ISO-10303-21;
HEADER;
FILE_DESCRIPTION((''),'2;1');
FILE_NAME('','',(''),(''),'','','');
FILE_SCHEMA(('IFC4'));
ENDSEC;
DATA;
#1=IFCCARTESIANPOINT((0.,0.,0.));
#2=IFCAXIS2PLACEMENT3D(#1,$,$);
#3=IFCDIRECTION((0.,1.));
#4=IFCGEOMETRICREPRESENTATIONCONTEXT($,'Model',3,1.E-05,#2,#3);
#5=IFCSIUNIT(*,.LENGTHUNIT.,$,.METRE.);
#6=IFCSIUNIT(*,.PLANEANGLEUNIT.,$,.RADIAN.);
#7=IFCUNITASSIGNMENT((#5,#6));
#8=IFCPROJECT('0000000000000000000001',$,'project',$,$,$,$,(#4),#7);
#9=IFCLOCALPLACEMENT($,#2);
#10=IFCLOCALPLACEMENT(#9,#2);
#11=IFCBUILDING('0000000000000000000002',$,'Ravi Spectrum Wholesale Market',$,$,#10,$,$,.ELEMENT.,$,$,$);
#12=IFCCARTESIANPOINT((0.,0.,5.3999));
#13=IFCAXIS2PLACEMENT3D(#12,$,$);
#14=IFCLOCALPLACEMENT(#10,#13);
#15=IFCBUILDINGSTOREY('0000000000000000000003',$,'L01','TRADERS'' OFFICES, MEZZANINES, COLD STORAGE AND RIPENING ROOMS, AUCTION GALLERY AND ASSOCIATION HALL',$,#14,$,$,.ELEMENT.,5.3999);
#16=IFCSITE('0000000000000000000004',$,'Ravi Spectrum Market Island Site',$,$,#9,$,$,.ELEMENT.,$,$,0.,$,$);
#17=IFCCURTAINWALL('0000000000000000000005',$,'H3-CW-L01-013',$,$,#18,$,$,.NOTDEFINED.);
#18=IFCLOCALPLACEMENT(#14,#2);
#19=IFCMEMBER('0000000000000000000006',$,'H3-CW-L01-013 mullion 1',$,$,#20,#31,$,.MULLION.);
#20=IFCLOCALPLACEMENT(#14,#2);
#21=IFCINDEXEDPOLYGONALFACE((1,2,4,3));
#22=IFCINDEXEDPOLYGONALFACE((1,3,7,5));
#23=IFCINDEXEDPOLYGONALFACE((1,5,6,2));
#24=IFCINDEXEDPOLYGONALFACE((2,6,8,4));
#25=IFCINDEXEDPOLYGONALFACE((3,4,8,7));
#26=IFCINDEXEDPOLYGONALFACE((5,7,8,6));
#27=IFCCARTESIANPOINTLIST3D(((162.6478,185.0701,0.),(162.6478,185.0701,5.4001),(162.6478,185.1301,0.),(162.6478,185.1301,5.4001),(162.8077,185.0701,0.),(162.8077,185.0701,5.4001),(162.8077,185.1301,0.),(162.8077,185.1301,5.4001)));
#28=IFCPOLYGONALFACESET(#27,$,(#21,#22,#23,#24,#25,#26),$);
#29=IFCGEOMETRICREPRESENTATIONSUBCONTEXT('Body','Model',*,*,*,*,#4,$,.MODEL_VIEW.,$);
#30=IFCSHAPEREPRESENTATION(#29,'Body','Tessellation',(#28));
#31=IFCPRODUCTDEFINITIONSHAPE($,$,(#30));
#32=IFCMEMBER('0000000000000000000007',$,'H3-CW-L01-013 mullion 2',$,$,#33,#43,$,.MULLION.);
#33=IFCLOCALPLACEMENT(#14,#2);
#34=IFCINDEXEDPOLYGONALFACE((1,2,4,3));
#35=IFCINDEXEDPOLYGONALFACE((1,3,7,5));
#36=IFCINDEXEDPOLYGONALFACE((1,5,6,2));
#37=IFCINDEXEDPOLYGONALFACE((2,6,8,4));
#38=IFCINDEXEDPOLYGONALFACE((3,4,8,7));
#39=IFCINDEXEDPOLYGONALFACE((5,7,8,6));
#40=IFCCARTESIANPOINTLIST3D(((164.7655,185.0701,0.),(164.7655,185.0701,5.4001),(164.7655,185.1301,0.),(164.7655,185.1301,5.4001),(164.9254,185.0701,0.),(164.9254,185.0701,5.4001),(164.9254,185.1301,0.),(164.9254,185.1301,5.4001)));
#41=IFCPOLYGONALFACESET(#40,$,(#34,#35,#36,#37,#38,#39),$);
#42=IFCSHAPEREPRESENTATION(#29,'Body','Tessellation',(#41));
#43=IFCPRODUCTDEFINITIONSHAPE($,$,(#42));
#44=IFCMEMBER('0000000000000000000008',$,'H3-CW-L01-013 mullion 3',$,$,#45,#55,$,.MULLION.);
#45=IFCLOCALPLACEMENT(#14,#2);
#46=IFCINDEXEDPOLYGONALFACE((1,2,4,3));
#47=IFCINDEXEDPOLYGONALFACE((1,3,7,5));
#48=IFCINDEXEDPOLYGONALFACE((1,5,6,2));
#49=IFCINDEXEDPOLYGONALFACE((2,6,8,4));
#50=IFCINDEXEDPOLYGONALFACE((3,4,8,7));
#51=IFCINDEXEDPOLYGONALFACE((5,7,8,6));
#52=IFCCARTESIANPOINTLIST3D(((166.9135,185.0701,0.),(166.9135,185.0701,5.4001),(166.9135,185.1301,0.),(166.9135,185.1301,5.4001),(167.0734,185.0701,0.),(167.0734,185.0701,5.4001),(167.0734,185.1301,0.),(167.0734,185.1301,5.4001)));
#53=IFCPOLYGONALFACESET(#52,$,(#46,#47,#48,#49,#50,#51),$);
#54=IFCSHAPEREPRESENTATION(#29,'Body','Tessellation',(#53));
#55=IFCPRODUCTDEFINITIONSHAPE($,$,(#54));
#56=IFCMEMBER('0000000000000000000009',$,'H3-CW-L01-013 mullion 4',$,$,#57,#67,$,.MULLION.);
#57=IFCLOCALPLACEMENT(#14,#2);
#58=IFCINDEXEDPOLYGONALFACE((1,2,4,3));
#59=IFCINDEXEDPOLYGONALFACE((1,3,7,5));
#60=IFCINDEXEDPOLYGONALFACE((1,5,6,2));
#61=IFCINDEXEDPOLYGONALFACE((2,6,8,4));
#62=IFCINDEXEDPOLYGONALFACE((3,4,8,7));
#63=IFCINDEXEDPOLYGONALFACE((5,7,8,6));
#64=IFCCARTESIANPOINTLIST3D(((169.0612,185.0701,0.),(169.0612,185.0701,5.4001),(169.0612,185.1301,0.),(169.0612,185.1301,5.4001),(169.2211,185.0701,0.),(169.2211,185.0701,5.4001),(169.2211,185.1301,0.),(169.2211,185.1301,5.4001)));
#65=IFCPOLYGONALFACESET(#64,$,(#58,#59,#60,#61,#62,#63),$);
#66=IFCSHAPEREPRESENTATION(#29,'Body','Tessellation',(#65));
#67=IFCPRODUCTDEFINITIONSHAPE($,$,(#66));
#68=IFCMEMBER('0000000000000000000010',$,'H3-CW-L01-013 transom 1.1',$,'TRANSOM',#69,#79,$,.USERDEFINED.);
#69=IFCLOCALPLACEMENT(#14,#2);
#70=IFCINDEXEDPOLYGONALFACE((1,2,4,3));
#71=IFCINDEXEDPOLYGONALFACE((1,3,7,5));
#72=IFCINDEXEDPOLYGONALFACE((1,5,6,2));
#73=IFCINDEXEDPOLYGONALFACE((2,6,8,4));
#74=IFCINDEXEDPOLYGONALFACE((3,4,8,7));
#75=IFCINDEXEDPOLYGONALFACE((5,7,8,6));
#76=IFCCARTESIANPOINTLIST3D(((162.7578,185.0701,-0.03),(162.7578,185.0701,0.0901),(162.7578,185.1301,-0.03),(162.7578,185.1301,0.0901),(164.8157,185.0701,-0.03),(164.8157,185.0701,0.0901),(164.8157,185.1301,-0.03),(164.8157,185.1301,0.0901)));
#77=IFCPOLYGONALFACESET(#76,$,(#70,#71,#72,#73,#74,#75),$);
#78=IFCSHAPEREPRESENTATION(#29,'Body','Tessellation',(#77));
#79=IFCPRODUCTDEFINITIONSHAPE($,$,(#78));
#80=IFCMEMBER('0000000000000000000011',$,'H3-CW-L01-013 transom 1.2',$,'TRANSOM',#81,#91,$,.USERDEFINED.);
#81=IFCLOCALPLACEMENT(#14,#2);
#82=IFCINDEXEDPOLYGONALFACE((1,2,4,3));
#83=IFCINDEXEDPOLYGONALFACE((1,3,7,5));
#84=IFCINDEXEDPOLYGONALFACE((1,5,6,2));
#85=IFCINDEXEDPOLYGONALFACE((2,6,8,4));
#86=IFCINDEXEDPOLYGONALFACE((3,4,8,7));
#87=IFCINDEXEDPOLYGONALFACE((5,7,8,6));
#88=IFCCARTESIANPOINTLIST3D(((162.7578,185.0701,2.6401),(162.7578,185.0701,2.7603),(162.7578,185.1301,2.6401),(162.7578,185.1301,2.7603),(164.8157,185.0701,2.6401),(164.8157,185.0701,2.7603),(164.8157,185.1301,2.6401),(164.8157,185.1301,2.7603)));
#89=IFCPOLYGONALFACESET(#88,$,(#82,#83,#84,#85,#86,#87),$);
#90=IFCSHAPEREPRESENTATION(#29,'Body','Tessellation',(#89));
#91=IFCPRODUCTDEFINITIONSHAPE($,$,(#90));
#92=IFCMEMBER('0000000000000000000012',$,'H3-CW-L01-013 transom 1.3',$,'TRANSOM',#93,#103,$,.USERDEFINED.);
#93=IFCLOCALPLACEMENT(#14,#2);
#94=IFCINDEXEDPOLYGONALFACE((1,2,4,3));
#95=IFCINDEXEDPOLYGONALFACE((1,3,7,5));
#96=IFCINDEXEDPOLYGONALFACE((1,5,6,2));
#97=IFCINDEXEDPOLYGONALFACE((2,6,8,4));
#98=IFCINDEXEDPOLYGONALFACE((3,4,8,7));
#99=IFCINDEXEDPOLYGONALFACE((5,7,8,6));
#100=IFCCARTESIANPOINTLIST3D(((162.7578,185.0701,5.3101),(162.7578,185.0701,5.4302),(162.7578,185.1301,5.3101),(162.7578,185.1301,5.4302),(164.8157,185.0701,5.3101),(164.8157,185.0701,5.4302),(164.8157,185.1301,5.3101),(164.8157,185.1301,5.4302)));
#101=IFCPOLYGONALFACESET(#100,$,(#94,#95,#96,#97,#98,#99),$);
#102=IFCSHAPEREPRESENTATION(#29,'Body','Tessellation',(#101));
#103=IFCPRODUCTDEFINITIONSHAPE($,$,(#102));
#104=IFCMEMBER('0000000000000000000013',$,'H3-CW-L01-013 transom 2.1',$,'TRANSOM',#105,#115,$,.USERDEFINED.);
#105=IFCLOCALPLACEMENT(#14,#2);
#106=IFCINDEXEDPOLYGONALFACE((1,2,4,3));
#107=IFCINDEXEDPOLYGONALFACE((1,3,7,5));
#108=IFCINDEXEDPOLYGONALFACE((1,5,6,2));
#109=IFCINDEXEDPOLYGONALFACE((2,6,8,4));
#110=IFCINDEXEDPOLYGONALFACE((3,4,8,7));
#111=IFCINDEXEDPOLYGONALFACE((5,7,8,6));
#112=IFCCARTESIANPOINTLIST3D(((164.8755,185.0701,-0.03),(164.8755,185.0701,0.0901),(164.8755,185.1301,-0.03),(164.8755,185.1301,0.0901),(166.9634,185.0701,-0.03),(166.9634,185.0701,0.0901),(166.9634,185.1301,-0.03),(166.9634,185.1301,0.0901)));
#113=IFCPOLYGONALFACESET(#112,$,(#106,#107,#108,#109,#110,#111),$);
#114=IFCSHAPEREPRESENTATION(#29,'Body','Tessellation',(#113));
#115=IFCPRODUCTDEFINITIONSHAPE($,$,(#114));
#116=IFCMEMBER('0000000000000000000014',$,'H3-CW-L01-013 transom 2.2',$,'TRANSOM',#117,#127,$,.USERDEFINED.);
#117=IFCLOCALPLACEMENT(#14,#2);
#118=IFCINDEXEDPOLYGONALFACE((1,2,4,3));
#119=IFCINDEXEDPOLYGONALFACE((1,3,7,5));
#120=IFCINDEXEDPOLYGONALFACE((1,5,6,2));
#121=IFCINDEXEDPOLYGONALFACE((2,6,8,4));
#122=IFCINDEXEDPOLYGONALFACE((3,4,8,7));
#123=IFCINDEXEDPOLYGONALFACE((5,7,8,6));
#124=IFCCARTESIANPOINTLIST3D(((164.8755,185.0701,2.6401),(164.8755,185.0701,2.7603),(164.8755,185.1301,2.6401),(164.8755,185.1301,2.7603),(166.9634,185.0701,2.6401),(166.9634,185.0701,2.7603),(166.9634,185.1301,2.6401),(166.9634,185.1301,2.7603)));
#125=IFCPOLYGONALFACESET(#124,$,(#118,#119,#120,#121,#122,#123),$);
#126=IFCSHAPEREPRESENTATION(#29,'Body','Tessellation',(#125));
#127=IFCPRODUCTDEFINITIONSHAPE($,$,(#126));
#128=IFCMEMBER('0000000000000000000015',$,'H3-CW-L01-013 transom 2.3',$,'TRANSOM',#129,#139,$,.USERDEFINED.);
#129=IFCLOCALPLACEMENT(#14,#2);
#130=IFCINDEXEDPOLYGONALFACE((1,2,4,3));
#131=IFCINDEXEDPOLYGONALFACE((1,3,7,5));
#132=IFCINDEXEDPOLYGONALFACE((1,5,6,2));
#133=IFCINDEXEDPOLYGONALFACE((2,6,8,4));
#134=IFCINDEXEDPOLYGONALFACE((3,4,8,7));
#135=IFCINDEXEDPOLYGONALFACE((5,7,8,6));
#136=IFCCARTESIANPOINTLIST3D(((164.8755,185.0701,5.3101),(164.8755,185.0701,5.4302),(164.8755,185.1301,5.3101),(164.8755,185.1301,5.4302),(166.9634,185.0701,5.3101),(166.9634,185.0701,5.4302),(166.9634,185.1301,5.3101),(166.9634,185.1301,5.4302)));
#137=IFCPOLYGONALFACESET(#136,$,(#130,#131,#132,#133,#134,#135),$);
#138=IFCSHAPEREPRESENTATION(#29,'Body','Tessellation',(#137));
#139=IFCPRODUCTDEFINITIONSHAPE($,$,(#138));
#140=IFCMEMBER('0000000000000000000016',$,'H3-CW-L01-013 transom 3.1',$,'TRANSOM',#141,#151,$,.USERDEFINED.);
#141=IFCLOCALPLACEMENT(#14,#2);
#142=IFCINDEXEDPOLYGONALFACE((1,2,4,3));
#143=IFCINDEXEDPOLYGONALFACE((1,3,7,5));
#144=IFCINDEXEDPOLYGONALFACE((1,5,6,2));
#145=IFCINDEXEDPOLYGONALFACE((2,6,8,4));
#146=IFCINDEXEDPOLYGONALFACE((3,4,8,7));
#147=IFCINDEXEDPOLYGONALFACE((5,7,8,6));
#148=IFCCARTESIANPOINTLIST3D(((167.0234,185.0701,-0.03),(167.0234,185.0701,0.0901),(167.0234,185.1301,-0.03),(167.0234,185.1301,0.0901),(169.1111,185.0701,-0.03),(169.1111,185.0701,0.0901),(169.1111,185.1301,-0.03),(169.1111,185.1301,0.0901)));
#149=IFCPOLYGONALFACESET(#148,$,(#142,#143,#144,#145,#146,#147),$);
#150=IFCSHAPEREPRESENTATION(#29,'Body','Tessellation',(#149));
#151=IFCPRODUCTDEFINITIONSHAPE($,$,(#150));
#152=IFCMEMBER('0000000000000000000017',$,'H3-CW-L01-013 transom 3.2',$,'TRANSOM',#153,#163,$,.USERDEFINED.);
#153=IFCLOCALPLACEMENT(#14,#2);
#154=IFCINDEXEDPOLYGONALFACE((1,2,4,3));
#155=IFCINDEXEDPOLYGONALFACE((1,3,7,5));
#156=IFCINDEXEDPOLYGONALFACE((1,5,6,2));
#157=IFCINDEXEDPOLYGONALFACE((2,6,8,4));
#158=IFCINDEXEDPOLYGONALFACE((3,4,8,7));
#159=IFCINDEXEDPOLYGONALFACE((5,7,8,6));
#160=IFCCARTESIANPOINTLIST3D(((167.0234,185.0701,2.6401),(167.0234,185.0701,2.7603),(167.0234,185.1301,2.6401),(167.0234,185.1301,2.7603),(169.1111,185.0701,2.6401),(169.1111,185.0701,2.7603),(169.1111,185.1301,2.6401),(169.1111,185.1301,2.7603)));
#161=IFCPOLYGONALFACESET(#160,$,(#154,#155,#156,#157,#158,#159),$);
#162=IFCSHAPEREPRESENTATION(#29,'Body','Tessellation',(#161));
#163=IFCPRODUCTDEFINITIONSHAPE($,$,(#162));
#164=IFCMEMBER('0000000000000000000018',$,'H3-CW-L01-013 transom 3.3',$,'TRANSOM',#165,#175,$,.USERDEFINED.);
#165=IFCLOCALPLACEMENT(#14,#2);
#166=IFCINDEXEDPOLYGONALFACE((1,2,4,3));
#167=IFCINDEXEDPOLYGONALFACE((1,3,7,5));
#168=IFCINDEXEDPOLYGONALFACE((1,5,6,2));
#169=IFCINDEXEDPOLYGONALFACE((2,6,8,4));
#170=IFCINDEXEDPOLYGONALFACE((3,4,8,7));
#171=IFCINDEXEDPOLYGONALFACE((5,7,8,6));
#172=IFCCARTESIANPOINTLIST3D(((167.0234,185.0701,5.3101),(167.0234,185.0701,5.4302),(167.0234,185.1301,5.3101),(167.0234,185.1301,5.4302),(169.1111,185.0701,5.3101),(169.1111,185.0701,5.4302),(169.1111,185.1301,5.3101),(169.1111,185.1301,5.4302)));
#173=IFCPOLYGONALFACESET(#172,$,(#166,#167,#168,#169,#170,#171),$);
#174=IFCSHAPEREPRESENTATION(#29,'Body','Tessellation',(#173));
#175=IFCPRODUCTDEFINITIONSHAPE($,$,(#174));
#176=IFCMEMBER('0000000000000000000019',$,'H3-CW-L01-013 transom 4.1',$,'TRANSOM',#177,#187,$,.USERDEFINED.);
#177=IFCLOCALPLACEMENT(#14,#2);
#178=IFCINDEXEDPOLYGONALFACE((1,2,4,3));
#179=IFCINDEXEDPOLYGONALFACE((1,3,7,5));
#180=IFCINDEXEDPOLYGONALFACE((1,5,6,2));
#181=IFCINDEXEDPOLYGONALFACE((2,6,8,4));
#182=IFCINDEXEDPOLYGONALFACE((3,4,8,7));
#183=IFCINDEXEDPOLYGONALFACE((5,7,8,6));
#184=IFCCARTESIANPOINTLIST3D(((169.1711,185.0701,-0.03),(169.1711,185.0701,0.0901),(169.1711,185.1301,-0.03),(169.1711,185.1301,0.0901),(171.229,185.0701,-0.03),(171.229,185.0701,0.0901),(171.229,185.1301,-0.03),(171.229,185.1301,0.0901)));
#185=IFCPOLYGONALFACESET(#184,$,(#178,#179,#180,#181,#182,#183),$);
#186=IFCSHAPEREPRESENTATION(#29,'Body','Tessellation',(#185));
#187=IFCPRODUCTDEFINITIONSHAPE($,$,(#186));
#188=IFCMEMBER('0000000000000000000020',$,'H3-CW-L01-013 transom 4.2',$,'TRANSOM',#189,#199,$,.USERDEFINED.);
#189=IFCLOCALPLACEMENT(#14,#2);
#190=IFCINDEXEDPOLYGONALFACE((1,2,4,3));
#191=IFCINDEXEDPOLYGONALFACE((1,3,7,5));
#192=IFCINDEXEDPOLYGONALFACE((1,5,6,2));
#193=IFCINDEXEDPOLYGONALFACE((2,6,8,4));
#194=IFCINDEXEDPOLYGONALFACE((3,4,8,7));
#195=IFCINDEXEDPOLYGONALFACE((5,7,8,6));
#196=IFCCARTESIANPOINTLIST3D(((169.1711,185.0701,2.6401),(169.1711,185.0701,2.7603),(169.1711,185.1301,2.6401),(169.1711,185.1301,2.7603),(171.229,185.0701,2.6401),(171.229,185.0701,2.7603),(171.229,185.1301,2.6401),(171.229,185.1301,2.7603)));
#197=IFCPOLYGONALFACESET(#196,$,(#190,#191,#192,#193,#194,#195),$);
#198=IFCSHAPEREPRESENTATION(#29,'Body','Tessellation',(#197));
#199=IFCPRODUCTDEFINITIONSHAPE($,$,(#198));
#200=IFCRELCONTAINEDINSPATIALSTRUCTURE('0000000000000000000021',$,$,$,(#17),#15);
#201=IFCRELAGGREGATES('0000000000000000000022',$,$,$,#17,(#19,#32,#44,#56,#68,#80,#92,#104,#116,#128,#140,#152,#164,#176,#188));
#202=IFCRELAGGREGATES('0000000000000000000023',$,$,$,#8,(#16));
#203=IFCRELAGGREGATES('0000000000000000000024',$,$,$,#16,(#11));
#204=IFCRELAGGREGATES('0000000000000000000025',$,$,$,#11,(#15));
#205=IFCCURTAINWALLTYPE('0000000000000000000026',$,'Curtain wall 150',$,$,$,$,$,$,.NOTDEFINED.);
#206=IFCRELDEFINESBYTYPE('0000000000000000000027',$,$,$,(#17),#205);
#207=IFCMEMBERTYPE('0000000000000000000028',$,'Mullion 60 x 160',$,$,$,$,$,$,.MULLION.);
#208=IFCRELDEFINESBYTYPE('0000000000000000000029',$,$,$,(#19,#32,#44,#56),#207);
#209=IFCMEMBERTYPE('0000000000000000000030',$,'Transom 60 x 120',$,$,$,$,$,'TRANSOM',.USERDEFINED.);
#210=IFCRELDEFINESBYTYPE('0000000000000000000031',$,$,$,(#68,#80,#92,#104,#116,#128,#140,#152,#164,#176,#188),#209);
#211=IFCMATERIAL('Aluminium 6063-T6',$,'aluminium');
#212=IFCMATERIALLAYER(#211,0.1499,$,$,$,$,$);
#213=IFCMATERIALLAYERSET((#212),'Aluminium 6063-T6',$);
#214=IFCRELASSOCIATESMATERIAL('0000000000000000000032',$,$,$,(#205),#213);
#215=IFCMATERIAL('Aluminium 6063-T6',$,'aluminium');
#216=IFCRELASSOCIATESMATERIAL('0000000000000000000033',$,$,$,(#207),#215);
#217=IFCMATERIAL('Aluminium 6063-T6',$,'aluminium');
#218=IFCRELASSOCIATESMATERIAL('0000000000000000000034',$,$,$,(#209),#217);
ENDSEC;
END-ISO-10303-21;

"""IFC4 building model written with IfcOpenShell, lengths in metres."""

from ifc_helpers import new_model, si_unit, direction, frame, origin, origin_2d, place, context, subcontext, project, spatial, rectangle, extrude, material, layer, layer_set, material_profile, profile_set, type_object, element, aggregate, save


model = new_model("IFC4")

# Units and contexts
model_context = context("Model", 3, precision=1e-05, world=origin(), true_north=direction((0.0, 1.0)))
body_context = subcontext(model_context, "Body", "Model", "MODEL_VIEW")
ifc_project = project(units=[si_unit("LENGTHUNIT", "METRE"), si_unit("PLANEANGLEUNIT", "RADIAN")], contexts=[model_context])

# Site, building, storey
site_placement = place(None, origin())
site = spatial("IfcSite", under=ifc_project, at=site_placement, Name="Ravi Spectrum Market Island Site", CompositionType="ELEMENT", RefElevation=0.0)
building_placement = place(site_placement, origin())
building = spatial("IfcBuilding", under=site, at=building_placement, Name="Ravi Spectrum Wholesale Market", CompositionType="ELEMENT")
storey_placement = place(building_placement, frame((0.0, 0.0, 5.3999)))
storey = spatial("IfcBuildingStorey", under=building, at=storey_placement, Name="L01", Description="TRADERS' OFFICES, MEZZANINES, COLD STORAGE AND RIPENING ROOMS, AUCTION GALLERY AND ASSOCIATION HALL", CompositionType="ELEMENT", Elevation=5.3999)

# Curtain wall, members
ifc_material_1 = material(Name="Aluminium 6063-T6", Category="aluminium")
ifc_layer_1 = layer(ifc_material_1, 0.1499)
ifc_layer_set_1 = layer_set([ifc_layer_1], Name="Aluminium 6063-T6")
curtain_wall_type = type_object("IfcCurtainWallType", Name="Curtain wall 150", PredefinedType="NOTDEFINED", material=ifc_layer_set_1)
curtain_wall_1_placement = place(storey_placement, origin())
curtain_wall_1 = element("IfcCurtainWall", 1, at=curtain_wall_1_placement, inside=storey, type_object=curtain_wall_type, Name="H3-CW-L01-013", PredefinedType="NOTDEFINED")
ifc_material_2 = material(Name="Aluminium 6063-T6", Category="aluminium")
ifc_material_profile_1 = material_profile(ifc_material_2, rectangle(XDim=0.0601, YDim=0.1599, at=origin_2d()))
ifc_profile_set_1 = profile_set([ifc_material_profile_1], Name="Aluminium 6063-T6")
member_type_1 = type_object("IfcMemberType", Name="Mullion 60 x 160", PredefinedType="MULLION", material=ifc_profile_set_1)
member_1_placement = place(storey_placement, frame((162.7278, 185.1001, 0.0), z_axis=(0.0, 0.0, 1.0), x_axis=(0.0, 1.0, 0.0)))
member_1 = element("IfcMember", 2, at=member_1_placement, type_object=member_type_1, Name="H3-CW-L01-013 mullion 1", PredefinedType="MULLION", context=body_context, shape_type="SweptSolid", body=[
    extrude(rectangle(XDim=0.0601, YDim=0.1599, at=origin_2d()), origin(), (0.0, 0.0, 1.0), 5.4001),
])
member_2_placement = place(storey_placement, frame((164.8455, 185.1001, 0.0), z_axis=(0.0, 0.0, 1.0), x_axis=(0.0, 1.0, 0.0)))
member_2 = element("IfcMember", 3, at=member_2_placement, type_object=member_type_1, Name="H3-CW-L01-013 mullion 2", PredefinedType="MULLION", context=body_context, shape_type="SweptSolid", body=[
    extrude(rectangle(XDim=0.0601, YDim=0.1599, at=origin_2d()), origin(), (0.0, 0.0, 1.0), 5.4001),
])
member_3_placement = place(storey_placement, frame((166.9934, 185.1001, 0.0), z_axis=(0.0, 0.0, 1.0), x_axis=(0.0, 1.0, 0.0)))
member_3 = element("IfcMember", 4, at=member_3_placement, type_object=member_type_1, Name="H3-CW-L01-013 mullion 3", PredefinedType="MULLION", context=body_context, shape_type="SweptSolid", body=[
    extrude(rectangle(XDim=0.0601, YDim=0.1599, at=origin_2d()), origin(), (0.0, 0.0, 1.0), 5.4001),
])
member_4_placement = place(storey_placement, frame((169.1411, 185.1001, 0.0), z_axis=(0.0, 0.0, 1.0), x_axis=(0.0, 1.0, 0.0)))
member_4 = element("IfcMember", 5, at=member_4_placement, type_object=member_type_1, Name="H3-CW-L01-013 mullion 4", PredefinedType="MULLION", context=body_context, shape_type="SweptSolid", body=[
    extrude(rectangle(XDim=0.0601, YDim=0.1599, at=origin_2d()), origin(), (0.0, 0.0, 1.0), 5.4001),
])
ifc_material_3 = material(Name="Aluminium 6063-T6", Category="aluminium")
ifc_material_profile_2 = material_profile(ifc_material_3, rectangle(XDim=0.0601, YDim=0.1201, at=origin_2d()))
ifc_profile_set_2 = profile_set([ifc_material_profile_2], Name="Aluminium 6063-T6")
member_type_2 = type_object("IfcMemberType", Name="Transom 60 x 120", ElementType="TRANSOM", PredefinedType="USERDEFINED", material=ifc_profile_set_2)
member_5_placement = place(storey_placement, frame((162.7578, 185.1001, 0.03), z_axis=(1.0, 0.0, 0.0), x_axis=(0.0, 1.0, 0.0)))
member_5 = element("IfcMember", 6, at=member_5_placement, type_object=member_type_2, Name="H3-CW-L01-013 transom 1.1", ObjectType="TRANSOM", PredefinedType="USERDEFINED", context=body_context, shape_type="SweptSolid", body=[
    extrude(rectangle(XDim=0.0601, YDim=0.1201, at=origin_2d()), origin(), (0.0, 0.0, 1.0), 2.0579),
])
member_6_placement = place(storey_placement, frame((162.7578, 185.1001, 2.7002), z_axis=(1.0, 0.0, 0.0), x_axis=(0.0, 1.0, 0.0)))
member_6 = element("IfcMember", 7, at=member_6_placement, type_object=member_type_2, Name="H3-CW-L01-013 transom 1.2", ObjectType="TRANSOM", PredefinedType="USERDEFINED", context=body_context, shape_type="SweptSolid", body=[
    extrude(rectangle(XDim=0.0601, YDim=0.1201, at=origin_2d()), origin(), (0.0, 0.0, 1.0), 2.0579),
])
member_7_placement = place(storey_placement, frame((162.7578, 185.1001, 5.3701), z_axis=(1.0, 0.0, 0.0), x_axis=(0.0, 1.0, 0.0)))
member_7 = element("IfcMember", 8, at=member_7_placement, type_object=member_type_2, Name="H3-CW-L01-013 transom 1.3", ObjectType="TRANSOM", PredefinedType="USERDEFINED", context=body_context, shape_type="SweptSolid", body=[
    extrude(rectangle(XDim=0.0601, YDim=0.1201, at=origin_2d()), origin(), (0.0, 0.0, 1.0), 2.0579),
])
member_8_placement = place(storey_placement, frame((164.8755, 185.1001, 0.03), z_axis=(1.0, 0.0, 0.0), x_axis=(0.0, 1.0, 0.0)))
member_8 = element("IfcMember", 9, at=member_8_placement, type_object=member_type_2, Name="H3-CW-L01-013 transom 2.1", ObjectType="TRANSOM", PredefinedType="USERDEFINED", context=body_context, shape_type="SweptSolid", body=[
    extrude(rectangle(XDim=0.0601, YDim=0.1201, at=origin_2d()), origin(), (0.0, 0.0, 1.0), 2.0879),
])
member_9_placement = place(storey_placement, frame((164.8755, 185.1001, 2.7002), z_axis=(1.0, 0.0, 0.0), x_axis=(0.0, 1.0, 0.0)))
member_9 = element("IfcMember", 10, at=member_9_placement, type_object=member_type_2, Name="H3-CW-L01-013 transom 2.2", ObjectType="TRANSOM", PredefinedType="USERDEFINED", context=body_context, shape_type="SweptSolid", body=[
    extrude(rectangle(XDim=0.0601, YDim=0.1201, at=origin_2d()), origin(), (0.0, 0.0, 1.0), 2.0879),
])
member_10_placement = place(storey_placement, frame((164.8755, 185.1001, 5.3701), z_axis=(1.0, 0.0, 0.0), x_axis=(0.0, 1.0, 0.0)))
member_10 = element("IfcMember", 11, at=member_10_placement, type_object=member_type_2, Name="H3-CW-L01-013 transom 2.3", ObjectType="TRANSOM", PredefinedType="USERDEFINED", context=body_context, shape_type="SweptSolid", body=[
    extrude(rectangle(XDim=0.0601, YDim=0.1201, at=origin_2d()), origin(), (0.0, 0.0, 1.0), 2.0879),
])
member_11_placement = place(storey_placement, frame((167.0234, 185.1001, 0.03), z_axis=(1.0, 0.0, 0.0), x_axis=(0.0, 1.0, 0.0)))
member_11 = element("IfcMember", 12, at=member_11_placement, type_object=member_type_2, Name="H3-CW-L01-013 transom 3.1", ObjectType="TRANSOM", PredefinedType="USERDEFINED", context=body_context, shape_type="SweptSolid", body=[
    extrude(rectangle(XDim=0.0601, YDim=0.1201, at=origin_2d()), origin(), (0.0, 0.0, 1.0), 2.0876),
])
member_12_placement = place(storey_placement, frame((167.0234, 185.1001, 2.7002), z_axis=(1.0, 0.0, 0.0), x_axis=(0.0, 1.0, 0.0)))
member_12 = element("IfcMember", 13, at=member_12_placement, type_object=member_type_2, Name="H3-CW-L01-013 transom 3.2", ObjectType="TRANSOM", PredefinedType="USERDEFINED", context=body_context, shape_type="SweptSolid", body=[
    extrude(rectangle(XDim=0.0601, YDim=0.1201, at=origin_2d()), origin(), (0.0, 0.0, 1.0), 2.0876),
])
member_13_placement = place(storey_placement, frame((167.0234, 185.1001, 5.3701), z_axis=(1.0, 0.0, 0.0), x_axis=(0.0, 1.0, 0.0)))
member_13 = element("IfcMember", 14, at=member_13_placement, type_object=member_type_2, Name="H3-CW-L01-013 transom 3.3", ObjectType="TRANSOM", PredefinedType="USERDEFINED", context=body_context, shape_type="SweptSolid", body=[
    extrude(rectangle(XDim=0.0601, YDim=0.1201, at=origin_2d()), origin(), (0.0, 0.0, 1.0), 2.0876),
])
member_14_placement = place(storey_placement, frame((169.1711, 185.1001, 0.03), z_axis=(1.0, 0.0, 0.0), x_axis=(0.0, 1.0, 0.0)))
member_14 = element("IfcMember", 15, at=member_14_placement, type_object=member_type_2, Name="H3-CW-L01-013 transom 4.1", ObjectType="TRANSOM", PredefinedType="USERDEFINED", context=body_context, shape_type="SweptSolid", body=[
    extrude(rectangle(XDim=0.0601, YDim=0.1201, at=origin_2d()), origin(), (0.0, 0.0, 1.0), 2.0579),
])
member_15_placement = place(storey_placement, frame((169.1711, 185.1001, 2.7002), z_axis=(1.0, 0.0, 0.0), x_axis=(0.0, 1.0, 0.0)))
member_15 = element("IfcMember", 16, at=member_15_placement, type_object=member_type_2, Name="H3-CW-L01-013 transom 4.2", ObjectType="TRANSOM", PredefinedType="USERDEFINED", context=body_context, shape_type="SweptSolid", body=[
    extrude(rectangle(XDim=0.0601, YDim=0.1201, at=origin_2d()), origin(), (0.0, 0.0, 1.0), 2.0579),
])

aggregate(curtain_wall_1, [member_1, member_2, member_3, member_4, member_5, member_6, member_7, member_8, member_9, member_10, member_11, member_12, member_13, member_14, member_15])

save(model, "model.ifc")
